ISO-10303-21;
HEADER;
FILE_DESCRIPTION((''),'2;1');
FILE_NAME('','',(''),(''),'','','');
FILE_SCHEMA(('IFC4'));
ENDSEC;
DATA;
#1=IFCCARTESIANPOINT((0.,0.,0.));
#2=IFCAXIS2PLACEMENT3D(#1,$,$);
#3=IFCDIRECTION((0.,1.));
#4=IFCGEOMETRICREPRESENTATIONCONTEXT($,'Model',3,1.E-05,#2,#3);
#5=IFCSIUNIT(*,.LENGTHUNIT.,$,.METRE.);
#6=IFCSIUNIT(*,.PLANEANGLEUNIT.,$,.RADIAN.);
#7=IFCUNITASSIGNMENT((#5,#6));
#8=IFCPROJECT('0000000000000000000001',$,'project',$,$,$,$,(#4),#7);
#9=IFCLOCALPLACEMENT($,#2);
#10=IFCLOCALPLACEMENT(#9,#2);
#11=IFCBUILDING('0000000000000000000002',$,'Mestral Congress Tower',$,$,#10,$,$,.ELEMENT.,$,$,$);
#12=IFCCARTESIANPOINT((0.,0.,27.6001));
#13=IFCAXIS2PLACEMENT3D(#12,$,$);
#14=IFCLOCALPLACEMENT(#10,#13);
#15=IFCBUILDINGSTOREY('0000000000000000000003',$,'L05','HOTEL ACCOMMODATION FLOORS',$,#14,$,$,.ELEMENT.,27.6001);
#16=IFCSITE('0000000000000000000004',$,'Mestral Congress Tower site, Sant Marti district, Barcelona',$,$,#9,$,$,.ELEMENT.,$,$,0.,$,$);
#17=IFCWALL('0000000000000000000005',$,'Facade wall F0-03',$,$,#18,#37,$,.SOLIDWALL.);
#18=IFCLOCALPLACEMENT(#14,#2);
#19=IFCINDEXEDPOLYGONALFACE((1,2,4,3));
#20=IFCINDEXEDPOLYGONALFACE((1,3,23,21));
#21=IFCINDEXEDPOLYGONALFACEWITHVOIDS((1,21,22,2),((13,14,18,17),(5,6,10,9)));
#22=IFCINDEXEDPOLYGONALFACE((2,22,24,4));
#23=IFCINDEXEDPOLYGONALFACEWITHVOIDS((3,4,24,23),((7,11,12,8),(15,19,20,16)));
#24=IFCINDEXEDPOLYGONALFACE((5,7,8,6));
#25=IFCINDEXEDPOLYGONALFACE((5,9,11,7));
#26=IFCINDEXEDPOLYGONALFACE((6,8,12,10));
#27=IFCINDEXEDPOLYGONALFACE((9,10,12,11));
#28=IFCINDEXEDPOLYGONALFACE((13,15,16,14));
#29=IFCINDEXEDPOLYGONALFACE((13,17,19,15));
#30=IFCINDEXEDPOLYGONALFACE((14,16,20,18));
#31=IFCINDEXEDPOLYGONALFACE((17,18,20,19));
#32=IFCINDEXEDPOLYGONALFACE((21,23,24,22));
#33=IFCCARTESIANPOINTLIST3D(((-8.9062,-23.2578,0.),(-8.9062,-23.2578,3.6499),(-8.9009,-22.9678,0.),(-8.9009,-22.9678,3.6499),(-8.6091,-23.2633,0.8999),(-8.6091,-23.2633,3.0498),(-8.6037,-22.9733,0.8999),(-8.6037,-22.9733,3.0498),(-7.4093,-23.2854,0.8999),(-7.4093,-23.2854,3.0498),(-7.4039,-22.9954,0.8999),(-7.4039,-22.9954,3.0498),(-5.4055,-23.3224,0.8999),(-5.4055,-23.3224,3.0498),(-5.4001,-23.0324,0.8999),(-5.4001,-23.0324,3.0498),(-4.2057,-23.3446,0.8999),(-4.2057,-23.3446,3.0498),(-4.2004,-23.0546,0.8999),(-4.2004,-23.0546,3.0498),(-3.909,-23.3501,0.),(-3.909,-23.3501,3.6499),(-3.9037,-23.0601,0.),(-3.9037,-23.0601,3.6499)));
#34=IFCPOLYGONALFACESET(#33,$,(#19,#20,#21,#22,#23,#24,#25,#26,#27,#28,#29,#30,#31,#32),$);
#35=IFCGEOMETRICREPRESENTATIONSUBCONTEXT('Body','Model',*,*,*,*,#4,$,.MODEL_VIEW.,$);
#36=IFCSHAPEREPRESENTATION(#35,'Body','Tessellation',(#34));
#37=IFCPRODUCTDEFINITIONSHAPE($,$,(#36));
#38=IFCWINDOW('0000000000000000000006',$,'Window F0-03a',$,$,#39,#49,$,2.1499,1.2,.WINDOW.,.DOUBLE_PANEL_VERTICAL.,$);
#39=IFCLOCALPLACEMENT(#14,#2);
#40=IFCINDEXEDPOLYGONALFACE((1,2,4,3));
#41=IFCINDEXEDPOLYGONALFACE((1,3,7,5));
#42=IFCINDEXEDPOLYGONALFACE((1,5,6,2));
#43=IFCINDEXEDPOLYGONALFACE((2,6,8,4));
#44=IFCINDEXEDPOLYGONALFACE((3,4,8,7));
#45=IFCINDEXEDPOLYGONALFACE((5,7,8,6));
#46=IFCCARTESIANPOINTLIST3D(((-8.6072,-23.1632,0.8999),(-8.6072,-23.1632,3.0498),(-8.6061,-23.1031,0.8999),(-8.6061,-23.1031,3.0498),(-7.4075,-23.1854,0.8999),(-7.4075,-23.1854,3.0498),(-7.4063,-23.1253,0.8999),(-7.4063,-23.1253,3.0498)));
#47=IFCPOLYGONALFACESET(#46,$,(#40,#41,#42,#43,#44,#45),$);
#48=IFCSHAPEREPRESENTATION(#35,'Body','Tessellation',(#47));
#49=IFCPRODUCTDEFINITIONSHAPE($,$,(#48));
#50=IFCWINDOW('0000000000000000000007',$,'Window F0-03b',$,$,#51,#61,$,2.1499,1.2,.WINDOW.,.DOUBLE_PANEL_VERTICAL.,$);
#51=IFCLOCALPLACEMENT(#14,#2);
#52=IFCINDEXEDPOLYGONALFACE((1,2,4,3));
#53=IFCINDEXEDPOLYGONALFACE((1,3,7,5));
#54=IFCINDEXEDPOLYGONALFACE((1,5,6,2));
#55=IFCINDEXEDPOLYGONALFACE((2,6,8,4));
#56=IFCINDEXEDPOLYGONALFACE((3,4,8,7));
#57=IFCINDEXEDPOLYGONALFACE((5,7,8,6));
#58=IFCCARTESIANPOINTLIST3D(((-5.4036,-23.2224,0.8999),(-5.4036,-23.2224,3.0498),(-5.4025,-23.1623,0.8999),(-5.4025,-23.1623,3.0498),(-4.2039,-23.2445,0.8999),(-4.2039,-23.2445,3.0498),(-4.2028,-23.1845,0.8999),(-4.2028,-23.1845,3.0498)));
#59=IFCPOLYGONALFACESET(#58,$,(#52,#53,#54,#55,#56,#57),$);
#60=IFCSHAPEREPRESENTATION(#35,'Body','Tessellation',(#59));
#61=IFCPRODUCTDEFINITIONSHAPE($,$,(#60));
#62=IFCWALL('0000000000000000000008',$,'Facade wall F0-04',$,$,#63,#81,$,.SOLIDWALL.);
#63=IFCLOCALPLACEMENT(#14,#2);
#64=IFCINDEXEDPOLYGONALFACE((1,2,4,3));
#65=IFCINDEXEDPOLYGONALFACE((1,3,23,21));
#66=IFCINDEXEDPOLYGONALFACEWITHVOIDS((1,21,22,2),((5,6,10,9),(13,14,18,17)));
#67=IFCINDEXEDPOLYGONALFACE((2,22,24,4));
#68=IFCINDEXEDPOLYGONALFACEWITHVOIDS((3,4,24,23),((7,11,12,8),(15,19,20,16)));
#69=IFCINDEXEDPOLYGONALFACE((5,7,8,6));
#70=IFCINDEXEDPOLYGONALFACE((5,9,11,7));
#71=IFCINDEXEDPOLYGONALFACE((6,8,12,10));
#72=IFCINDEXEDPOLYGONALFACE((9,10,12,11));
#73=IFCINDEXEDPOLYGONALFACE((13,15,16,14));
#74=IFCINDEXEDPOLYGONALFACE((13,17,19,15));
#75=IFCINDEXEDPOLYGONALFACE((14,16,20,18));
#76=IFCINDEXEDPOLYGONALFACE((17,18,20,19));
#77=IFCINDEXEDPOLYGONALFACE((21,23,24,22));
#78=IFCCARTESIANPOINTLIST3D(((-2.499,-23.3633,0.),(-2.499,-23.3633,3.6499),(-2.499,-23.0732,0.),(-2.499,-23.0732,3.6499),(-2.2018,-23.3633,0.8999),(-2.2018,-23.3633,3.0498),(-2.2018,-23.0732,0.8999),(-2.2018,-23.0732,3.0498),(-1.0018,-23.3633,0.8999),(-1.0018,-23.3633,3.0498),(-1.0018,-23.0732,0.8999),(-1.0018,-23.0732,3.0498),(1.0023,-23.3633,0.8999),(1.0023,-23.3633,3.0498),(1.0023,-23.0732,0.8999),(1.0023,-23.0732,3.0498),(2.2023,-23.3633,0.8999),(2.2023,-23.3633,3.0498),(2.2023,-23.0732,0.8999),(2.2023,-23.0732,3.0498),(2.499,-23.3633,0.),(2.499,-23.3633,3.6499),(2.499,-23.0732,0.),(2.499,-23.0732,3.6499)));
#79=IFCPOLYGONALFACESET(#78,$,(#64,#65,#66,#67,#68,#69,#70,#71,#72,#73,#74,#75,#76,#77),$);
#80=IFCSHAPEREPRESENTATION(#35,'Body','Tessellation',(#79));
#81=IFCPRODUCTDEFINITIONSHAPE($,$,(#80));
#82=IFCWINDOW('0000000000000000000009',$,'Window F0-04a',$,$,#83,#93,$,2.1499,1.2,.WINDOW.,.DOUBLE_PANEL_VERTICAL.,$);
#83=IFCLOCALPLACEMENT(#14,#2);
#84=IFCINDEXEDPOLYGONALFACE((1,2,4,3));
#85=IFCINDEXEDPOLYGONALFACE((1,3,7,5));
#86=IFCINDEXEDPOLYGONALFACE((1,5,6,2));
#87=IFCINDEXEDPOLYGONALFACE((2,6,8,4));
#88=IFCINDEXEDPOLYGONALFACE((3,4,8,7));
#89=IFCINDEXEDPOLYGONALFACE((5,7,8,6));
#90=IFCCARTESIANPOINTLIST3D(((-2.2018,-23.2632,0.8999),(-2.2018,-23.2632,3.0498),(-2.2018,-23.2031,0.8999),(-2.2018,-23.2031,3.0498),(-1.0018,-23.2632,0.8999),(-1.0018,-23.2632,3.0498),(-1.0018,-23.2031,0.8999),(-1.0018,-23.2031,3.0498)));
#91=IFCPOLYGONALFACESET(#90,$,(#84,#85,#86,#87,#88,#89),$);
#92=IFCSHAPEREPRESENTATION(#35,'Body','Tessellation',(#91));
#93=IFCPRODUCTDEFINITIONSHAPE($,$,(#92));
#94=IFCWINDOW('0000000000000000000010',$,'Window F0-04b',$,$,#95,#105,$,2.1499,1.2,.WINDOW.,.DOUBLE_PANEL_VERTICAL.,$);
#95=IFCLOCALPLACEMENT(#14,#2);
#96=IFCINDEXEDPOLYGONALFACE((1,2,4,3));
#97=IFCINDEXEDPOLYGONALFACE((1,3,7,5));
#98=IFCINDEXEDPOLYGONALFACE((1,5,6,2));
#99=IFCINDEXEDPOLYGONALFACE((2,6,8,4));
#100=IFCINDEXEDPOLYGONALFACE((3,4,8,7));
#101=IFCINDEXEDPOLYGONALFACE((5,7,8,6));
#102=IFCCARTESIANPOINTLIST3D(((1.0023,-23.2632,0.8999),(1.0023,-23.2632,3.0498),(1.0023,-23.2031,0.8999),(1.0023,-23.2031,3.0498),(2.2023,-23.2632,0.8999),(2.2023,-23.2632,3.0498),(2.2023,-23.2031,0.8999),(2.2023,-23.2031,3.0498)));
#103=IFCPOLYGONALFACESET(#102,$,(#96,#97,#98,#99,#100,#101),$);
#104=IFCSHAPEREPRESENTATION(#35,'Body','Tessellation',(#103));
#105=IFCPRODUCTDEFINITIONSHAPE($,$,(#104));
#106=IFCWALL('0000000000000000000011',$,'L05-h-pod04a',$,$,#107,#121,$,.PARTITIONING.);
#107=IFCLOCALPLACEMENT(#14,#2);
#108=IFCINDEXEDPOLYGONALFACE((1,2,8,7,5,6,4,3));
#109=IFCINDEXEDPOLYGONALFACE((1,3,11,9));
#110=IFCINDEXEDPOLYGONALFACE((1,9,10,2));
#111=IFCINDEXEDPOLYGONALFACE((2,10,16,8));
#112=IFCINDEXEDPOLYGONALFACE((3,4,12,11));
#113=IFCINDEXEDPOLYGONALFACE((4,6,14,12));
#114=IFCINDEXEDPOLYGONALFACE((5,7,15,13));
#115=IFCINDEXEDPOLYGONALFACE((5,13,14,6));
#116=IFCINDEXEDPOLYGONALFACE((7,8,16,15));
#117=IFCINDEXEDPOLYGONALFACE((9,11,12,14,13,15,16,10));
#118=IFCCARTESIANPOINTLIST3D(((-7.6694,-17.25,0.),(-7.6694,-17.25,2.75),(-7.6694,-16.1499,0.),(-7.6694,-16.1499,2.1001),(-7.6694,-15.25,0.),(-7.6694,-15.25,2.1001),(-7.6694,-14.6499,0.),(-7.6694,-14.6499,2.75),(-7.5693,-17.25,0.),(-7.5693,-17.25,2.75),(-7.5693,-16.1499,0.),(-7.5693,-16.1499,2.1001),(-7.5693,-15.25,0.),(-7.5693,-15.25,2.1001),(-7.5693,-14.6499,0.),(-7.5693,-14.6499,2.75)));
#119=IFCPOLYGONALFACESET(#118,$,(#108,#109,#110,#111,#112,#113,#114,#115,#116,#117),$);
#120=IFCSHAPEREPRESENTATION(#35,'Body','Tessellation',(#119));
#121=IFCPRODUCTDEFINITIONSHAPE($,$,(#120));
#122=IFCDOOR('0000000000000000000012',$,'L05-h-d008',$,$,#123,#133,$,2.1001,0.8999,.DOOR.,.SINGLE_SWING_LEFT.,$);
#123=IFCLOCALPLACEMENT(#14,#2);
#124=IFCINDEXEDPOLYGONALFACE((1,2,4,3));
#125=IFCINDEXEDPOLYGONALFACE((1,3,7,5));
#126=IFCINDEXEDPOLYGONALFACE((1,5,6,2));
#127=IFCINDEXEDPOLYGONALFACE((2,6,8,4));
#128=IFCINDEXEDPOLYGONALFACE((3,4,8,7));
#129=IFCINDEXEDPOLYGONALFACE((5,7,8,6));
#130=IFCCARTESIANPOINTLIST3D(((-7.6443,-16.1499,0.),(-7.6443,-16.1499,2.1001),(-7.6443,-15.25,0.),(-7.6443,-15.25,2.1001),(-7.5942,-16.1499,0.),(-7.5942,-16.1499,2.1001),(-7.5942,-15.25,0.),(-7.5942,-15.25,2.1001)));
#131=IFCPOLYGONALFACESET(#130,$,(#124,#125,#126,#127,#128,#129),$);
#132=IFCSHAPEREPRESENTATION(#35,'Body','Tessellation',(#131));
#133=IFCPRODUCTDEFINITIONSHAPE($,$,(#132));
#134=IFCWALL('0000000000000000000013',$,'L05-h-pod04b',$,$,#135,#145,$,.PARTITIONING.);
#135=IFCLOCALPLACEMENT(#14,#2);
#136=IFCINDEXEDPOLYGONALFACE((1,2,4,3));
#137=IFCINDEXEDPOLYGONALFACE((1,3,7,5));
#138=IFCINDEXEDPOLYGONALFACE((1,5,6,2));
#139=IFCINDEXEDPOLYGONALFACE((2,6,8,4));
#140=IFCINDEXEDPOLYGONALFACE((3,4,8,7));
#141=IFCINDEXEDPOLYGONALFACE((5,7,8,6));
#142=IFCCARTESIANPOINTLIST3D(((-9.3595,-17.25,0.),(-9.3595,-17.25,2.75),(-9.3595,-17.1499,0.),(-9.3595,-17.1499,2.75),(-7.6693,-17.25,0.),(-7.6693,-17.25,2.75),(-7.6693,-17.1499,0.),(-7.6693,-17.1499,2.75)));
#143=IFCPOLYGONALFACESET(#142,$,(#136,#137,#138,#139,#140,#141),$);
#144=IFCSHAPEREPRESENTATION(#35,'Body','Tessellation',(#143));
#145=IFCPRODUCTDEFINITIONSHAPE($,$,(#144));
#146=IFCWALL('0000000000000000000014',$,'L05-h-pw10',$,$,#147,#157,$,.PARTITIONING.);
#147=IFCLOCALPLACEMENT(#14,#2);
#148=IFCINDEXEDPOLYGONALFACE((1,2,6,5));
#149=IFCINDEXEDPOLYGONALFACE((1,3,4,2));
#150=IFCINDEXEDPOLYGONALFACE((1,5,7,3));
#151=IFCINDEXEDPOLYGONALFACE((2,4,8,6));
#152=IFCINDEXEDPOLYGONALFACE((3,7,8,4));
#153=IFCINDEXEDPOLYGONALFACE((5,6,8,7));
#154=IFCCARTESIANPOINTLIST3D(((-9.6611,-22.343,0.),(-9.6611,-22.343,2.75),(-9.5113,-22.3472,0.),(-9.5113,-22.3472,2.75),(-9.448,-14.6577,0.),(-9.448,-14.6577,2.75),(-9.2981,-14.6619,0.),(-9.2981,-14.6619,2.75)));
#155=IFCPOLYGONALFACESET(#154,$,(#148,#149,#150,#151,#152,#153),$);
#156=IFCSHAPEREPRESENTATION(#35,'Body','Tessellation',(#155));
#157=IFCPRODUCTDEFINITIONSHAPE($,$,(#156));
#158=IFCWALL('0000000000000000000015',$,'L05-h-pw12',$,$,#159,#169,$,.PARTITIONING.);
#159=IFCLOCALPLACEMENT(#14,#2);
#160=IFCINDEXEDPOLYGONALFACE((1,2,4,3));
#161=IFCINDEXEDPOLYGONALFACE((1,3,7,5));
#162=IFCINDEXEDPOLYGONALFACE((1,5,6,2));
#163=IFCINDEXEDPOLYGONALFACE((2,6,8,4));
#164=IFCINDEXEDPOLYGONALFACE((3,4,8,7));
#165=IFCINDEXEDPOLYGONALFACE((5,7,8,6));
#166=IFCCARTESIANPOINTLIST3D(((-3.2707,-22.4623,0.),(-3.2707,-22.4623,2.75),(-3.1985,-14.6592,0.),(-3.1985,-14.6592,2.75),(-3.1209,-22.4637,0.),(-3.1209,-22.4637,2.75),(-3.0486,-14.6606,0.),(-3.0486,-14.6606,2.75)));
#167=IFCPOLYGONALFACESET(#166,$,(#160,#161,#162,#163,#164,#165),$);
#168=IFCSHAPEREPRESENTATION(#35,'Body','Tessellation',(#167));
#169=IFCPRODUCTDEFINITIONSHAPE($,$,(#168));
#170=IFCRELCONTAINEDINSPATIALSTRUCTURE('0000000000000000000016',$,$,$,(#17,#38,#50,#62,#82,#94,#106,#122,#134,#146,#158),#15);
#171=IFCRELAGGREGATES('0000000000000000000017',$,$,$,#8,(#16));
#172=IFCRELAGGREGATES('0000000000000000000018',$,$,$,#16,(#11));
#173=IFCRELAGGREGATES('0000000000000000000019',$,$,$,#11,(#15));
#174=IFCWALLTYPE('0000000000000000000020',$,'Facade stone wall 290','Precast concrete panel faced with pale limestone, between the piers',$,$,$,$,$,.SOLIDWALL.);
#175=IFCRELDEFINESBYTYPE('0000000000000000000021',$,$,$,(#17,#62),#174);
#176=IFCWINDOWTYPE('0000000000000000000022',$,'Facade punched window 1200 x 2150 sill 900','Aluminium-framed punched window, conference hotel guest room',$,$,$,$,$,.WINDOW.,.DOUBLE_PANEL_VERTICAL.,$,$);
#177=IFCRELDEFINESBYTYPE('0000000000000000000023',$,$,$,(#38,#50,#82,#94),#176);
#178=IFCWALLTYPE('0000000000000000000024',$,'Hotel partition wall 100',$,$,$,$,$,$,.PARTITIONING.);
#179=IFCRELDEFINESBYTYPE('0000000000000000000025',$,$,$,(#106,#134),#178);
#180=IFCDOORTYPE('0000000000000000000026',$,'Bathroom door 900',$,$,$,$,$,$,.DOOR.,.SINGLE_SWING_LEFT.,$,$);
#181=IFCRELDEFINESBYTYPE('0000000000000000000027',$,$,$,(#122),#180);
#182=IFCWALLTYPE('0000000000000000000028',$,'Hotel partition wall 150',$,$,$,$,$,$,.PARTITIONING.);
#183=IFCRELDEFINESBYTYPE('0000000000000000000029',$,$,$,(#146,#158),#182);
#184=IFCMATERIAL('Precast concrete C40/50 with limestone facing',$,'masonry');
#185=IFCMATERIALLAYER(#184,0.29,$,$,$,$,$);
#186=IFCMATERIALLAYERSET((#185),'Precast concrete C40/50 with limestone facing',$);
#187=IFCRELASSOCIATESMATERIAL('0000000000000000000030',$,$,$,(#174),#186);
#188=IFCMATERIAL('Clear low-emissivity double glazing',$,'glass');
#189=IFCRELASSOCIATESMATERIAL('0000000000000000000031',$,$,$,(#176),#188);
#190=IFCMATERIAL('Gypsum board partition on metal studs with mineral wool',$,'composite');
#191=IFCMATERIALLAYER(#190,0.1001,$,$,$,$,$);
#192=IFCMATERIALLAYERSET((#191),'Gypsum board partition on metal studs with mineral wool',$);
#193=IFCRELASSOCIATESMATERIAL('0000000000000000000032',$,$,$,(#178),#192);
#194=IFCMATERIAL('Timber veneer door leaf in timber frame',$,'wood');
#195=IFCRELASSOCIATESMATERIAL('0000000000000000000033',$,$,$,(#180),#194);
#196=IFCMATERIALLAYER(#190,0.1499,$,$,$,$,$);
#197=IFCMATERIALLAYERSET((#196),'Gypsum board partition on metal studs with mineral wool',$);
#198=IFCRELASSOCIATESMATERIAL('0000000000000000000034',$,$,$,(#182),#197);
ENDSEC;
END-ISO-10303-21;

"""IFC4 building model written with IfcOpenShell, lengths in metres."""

from ifc_helpers import new_model, si_unit, direction, frame, frame_2d, origin, place, context, subcontext, project, spatial, rectangle, extrude, material, layer, layer_set, type_object, element, fill, save


model = new_model("IFC4")

# Units and contexts
model_context = context("Model", 3, precision=1e-05, world=origin(), true_north=direction((0.0, 1.0)))
body_context = subcontext(model_context, "Body", "Model", "MODEL_VIEW")
ifc_project = project(units=[si_unit("LENGTHUNIT", "METRE"), si_unit("PLANEANGLEUNIT", "RADIAN")], contexts=[model_context])

# Site, building, storey
site_placement = place(None, origin())
site = spatial("IfcSite", under=ifc_project, at=site_placement, Name="Mestral Congress Tower site, Sant Marti district, Barcelona", CompositionType="ELEMENT", RefElevation=0.0)
building_placement = place(site_placement, origin())
building = spatial("IfcBuilding", under=site, at=building_placement, Name="Mestral Congress Tower", CompositionType="ELEMENT")
storey_placement = place(building_placement, frame((0.0, 0.0, 27.6001)))
storey = spatial("IfcBuildingStorey", under=building, at=storey_placement, Name="L05", Description="HOTEL ACCOMMODATION FLOORS", CompositionType="ELEMENT", Elevation=27.6001)

# Walls, openings, windows
ifc_material_1 = material(Name="Precast concrete C40/50 with limestone facing", Category="masonry")
ifc_layer_1 = layer(ifc_material_1, 0.29)
ifc_layer_set_1 = layer_set([ifc_layer_1], Name="Precast concrete C40/50 with limestone facing")
wall_type_1 = type_object("IfcWallType", Name="Facade stone wall 290", Description="Precast concrete panel faced with pale limestone, between the piers", PredefinedType="SOLIDWALL", material=ifc_layer_set_1)
wall_1_placement = place(storey_placement, frame((-8.9036, -23.1128, 0.0), z_axis=(0.0, 0.0, 1.0), x_axis=(0.99983, -0.018464, 0.0)))
wall_1 = element("IfcWall", 1, at=wall_1_placement, inside=storey, type_object=wall_type_1, Name="Facade wall F0-03", PredefinedType="SOLIDWALL", context=body_context, shape_type="SweptSolid", body=[
    extrude(rectangle(XDim=4.998, YDim=0.29, at=frame_2d((2.499, 0.0))), origin(), (0.0, 0.0, 1.0), 3.6499),
])
opening_1_placement = place(wall_1_placement, frame((0.2971, 0.0, 0.8999)))
opening_1 = element("IfcOpeningElement", 2, at=opening_1_placement, cuts=wall_1, PredefinedType="OPENING", context=body_context, shape_type="SweptSolid", body=[
    extrude(rectangle(XDim=1.2, YDim=2.1499, at=frame_2d((0.6001, 1.075))), frame((0.0, 0.155, 0.0), z_axis=(0.0, -1.0, 0.0), x_axis=(1.0, 0.0, 0.0)), (0.0, 0.0, 1.0), 0.3101),
])
opening_2_placement = place(wall_1_placement, frame((3.5012, 0.0, 0.8999)))
opening_2 = element("IfcOpeningElement", 3, at=opening_2_placement, cuts=wall_1, PredefinedType="OPENING", context=body_context, shape_type="SweptSolid", body=[
    extrude(rectangle(XDim=1.2, YDim=2.1499, at=frame_2d((0.6001, 1.075))), frame((0.0, 0.155, 0.0), z_axis=(0.0, -1.0, 0.0), x_axis=(1.0, 0.0, 0.0)), (0.0, 0.0, 1.0), 0.3101),
])
ifc_material_2 = material(Name="Clear low-emissivity double glazing", Category="glass")
window_type = type_object("IfcWindowType", Name="Facade punched window 1200 x 2150 sill 900", Description="Aluminium-framed punched window, conference hotel guest room", PartitioningType="DOUBLE_PANEL_VERTICAL", PredefinedType="WINDOW", material=ifc_material_2)
window_1_placement = place(opening_1_placement, origin())
window_1 = element("IfcWindow", 4, at=window_1_placement, inside=storey, type_object=window_type, Name="Window F0-03a", OverallHeight=2.1499, OverallWidth=1.2, PartitioningType="DOUBLE_PANEL_VERTICAL", PredefinedType="WINDOW", context=body_context, shape_type="SweptSolid", body=[
    extrude(rectangle(XDim=1.2, YDim=2.1499, at=frame_2d((0.6001, 1.075))), frame((0.0, 0.0151, 0.0), z_axis=(0.0, -1.0, 0.0), x_axis=(1.0, 0.0, 0.0)), (0.0, 0.0, 1.0), 0.0601),
])
fill(opening_1, window_1)
window_2_placement = place(opening_2_placement, origin())
window_2 = element("IfcWindow", 5, at=window_2_placement, inside=storey, type_object=window_type, Name="Window F0-03b", OverallHeight=2.1499, OverallWidth=1.2, PartitioningType="DOUBLE_PANEL_VERTICAL", PredefinedType="WINDOW", context=body_context, shape_type="SweptSolid", body=[
    extrude(rectangle(XDim=1.2, YDim=2.1499, at=frame_2d((0.6001, 1.075))), frame((0.0, 0.0151, 0.0), z_axis=(0.0, -1.0, 0.0), x_axis=(1.0, 0.0, 0.0)), (0.0, 0.0, 1.0), 0.0601),
])
fill(opening_2, window_2)
wall_2_placement = place(storey_placement, frame((-2.499, -23.2183, 0.0), z_axis=(0.0, 0.0, 1.0), x_axis=(1.0, 0.0, 0.0)))
wall_2 = element("IfcWall", 6, at=wall_2_placement, inside=storey, type_object=wall_type_1, Name="Facade wall F0-04", PredefinedType="SOLIDWALL", context=body_context, shape_type="SweptSolid", body=[
    extrude(rectangle(XDim=4.998, YDim=0.29, at=frame_2d((2.499, 0.0))), origin(), (0.0, 0.0, 1.0), 3.6499),
])
opening_3_placement = place(wall_2_placement, frame((0.2971, 0.0, 0.8999)))
opening_3 = element("IfcOpeningElement", 7, at=opening_3_placement, cuts=wall_2, PredefinedType="OPENING", context=body_context, shape_type="SweptSolid", body=[
    extrude(rectangle(XDim=1.2, YDim=2.1499, at=frame_2d((0.6001, 1.075))), frame((0.0, 0.155, 0.0), z_axis=(0.0, -1.0, 0.0), x_axis=(1.0, 0.0, 0.0)), (0.0, 0.0, 1.0), 0.3101),
])
opening_4_placement = place(wall_2_placement, frame((3.5012, 0.0, 0.8999)))
opening_4 = element("IfcOpeningElement", 8, at=opening_4_placement, cuts=wall_2, PredefinedType="OPENING", context=body_context, shape_type="SweptSolid", body=[
    extrude(rectangle(XDim=1.2, YDim=2.1499, at=frame_2d((0.6001, 1.075))), frame((0.0, 0.155, 0.0), z_axis=(0.0, -1.0, 0.0), x_axis=(1.0, 0.0, 0.0)), (0.0, 0.0, 1.0), 0.3101),
])
window_3_placement = place(opening_3_placement, origin())
window_3 = element("IfcWindow", 9, at=window_3_placement, inside=storey, type_object=window_type, Name="Window F0-04a", OverallHeight=2.1499, OverallWidth=1.2, PartitioningType="DOUBLE_PANEL_VERTICAL", PredefinedType="WINDOW", context=body_context, shape_type="SweptSolid", body=[
    extrude(rectangle(XDim=1.2, YDim=2.1499, at=frame_2d((0.6001, 1.075))), frame((0.0, 0.0151, 0.0), z_axis=(0.0, -1.0, 0.0), x_axis=(1.0, 0.0, 0.0)), (0.0, 0.0, 1.0), 0.0601),
])
fill(opening_3, window_3)
window_4_placement = place(opening_4_placement, origin())
window_4 = element("IfcWindow", 10, at=window_4_placement, inside=storey, type_object=window_type, Name="Window F0-04b", OverallHeight=2.1499, OverallWidth=1.2, PartitioningType="DOUBLE_PANEL_VERTICAL", PredefinedType="WINDOW", context=body_context, shape_type="SweptSolid", body=[
    extrude(rectangle(XDim=1.2, YDim=2.1499, at=frame_2d((0.6001, 1.075))), frame((0.0, 0.0151, 0.0), z_axis=(0.0, -1.0, 0.0), x_axis=(1.0, 0.0, 0.0)), (0.0, 0.0, 1.0), 0.0601),
])
fill(opening_4, window_4)

# Wall, opening, door
ifc_material_3 = material(Name="Gypsum board partition on metal studs with mineral wool", Category="composite")
ifc_layer_2 = layer(ifc_material_3, 0.1001)
ifc_layer_set_2 = layer_set([ifc_layer_2], Name="Gypsum board partition on metal studs with mineral wool")
wall_type_2 = type_object("IfcWallType", Name="Hotel partition wall 100", PredefinedType="PARTITIONING", material=ifc_layer_set_2)
wall_3_placement = place(storey_placement, frame((-7.6194, -17.25, 0.0), z_axis=(0.0, 0.0, 1.0), x_axis=(0.0, 1.0, 0.0)))
wall_3 = element("IfcWall", 11, at=wall_3_placement, inside=storey, type_object=wall_type_2, Name="L05-h-pod04a", PredefinedType="PARTITIONING", context=body_context, shape_type="SweptSolid", body=[
    extrude(rectangle(XDim=2.6001, YDim=0.1001, at=frame_2d((1.3, 0.0))), origin(), (0.0, 0.0, 1.0), 2.75),
])
opening_5_placement = place(wall_3_placement, frame((1.1001, 0.0, 0.0)))
opening_5 = element("IfcOpeningElement", 12, at=opening_5_placement, cuts=wall_3, PredefinedType="OPENING", context=body_context, shape_type="SweptSolid", body=[
    extrude(rectangle(XDim=0.8999, YDim=2.1001, at=frame_2d((0.45, 1.05))), frame((0.0, 0.0601, 0.0), z_axis=(0.0, -1.0, 0.0), x_axis=(1.0, 0.0, 0.0)), (0.0, 0.0, 1.0), 0.1201),
])
ifc_material_4 = material(Name="Timber veneer door leaf in timber frame", Category="wood")
door_type = type_object("IfcDoorType", Name="Bathroom door 900", OperationType="SINGLE_SWING_LEFT", PredefinedType="DOOR", material=ifc_material_4)
door_placement = place(opening_5_placement, origin())
door = element("IfcDoor", 13, at=door_placement, inside=storey, type_object=door_type, Name="L05-h-d008", OperationType="SINGLE_SWING_LEFT", OverallHeight=2.1001, OverallWidth=0.8999, PredefinedType="DOOR", context=body_context, shape_type="SweptSolid", body=[
    extrude(rectangle(XDim=0.8999, YDim=2.1001, at=frame_2d((0.45, 1.05))), frame((0.0, 0.0249, 0.0), z_axis=(0.0, -1.0, 0.0), x_axis=(1.0, 0.0, 0.0)), (0.0, 0.0, 1.0), 0.05),
])
fill(opening_5, door)

# Walls
wall_4_placement = place(storey_placement, frame((-7.6692, -17.2, 0.0), z_axis=(0.0, 0.0, 1.0), x_axis=(-1.0, 0.0, 0.0)))
element("IfcWall", 14, at=wall_4_placement, inside=storey, type_object=wall_type_2, Name="L05-h-pod04b", PredefinedType="PARTITIONING", context=body_context, shape_type="SweptSolid", body=[
    extrude(rectangle(XDim=1.6902, YDim=0.1001, at=frame_2d((0.8452, 0.0))), origin(), (0.0, 0.0, 1.0), 2.75),
])
ifc_layer_3 = layer(ifc_material_3, 0.1499)
ifc_layer_set_3 = layer_set([ifc_layer_3], Name="Gypsum board partition on metal studs with mineral wool")
wall_type_3 = type_object("IfcWallType", Name="Hotel partition wall 150", PredefinedType="PARTITIONING", material=ifc_layer_set_3)
wall_5_placement = place(storey_placement, frame((-9.5862, -22.3452, 0.0), z_axis=(0.0, 0.0, 1.0), x_axis=(0.027722, 0.999616, 0.0)))
element("IfcWall", 15, at=wall_5_placement, inside=storey, type_object=wall_type_3, Name="L05-h-pw10", PredefinedType="PARTITIONING", context=body_context, shape_type="SweptSolid", body=[
    extrude(rectangle(XDim=7.6882, YDim=0.1499, at=frame_2d((3.8442, 0.0))), origin(), (0.0, 0.0, 1.0), 2.75),
])
wall_6_placement = place(storey_placement, frame((-3.1958, -22.4631, 0.0), z_axis=(0.0, 0.0, 1.0), x_axis=(0.009261, 0.999957, 0.0)))
element("IfcWall", 16, at=wall_6_placement, inside=storey, type_object=wall_type_3, Name="L05-h-pw12", PredefinedType="PARTITIONING", context=body_context, shape_type="SweptSolid", body=[
    extrude(rectangle(XDim=7.8035, YDim=0.1499, at=frame_2d((3.9019, 0.0))), origin(), (0.0, 0.0, 1.0), 2.75),
])

save(model, "model.ifc")
